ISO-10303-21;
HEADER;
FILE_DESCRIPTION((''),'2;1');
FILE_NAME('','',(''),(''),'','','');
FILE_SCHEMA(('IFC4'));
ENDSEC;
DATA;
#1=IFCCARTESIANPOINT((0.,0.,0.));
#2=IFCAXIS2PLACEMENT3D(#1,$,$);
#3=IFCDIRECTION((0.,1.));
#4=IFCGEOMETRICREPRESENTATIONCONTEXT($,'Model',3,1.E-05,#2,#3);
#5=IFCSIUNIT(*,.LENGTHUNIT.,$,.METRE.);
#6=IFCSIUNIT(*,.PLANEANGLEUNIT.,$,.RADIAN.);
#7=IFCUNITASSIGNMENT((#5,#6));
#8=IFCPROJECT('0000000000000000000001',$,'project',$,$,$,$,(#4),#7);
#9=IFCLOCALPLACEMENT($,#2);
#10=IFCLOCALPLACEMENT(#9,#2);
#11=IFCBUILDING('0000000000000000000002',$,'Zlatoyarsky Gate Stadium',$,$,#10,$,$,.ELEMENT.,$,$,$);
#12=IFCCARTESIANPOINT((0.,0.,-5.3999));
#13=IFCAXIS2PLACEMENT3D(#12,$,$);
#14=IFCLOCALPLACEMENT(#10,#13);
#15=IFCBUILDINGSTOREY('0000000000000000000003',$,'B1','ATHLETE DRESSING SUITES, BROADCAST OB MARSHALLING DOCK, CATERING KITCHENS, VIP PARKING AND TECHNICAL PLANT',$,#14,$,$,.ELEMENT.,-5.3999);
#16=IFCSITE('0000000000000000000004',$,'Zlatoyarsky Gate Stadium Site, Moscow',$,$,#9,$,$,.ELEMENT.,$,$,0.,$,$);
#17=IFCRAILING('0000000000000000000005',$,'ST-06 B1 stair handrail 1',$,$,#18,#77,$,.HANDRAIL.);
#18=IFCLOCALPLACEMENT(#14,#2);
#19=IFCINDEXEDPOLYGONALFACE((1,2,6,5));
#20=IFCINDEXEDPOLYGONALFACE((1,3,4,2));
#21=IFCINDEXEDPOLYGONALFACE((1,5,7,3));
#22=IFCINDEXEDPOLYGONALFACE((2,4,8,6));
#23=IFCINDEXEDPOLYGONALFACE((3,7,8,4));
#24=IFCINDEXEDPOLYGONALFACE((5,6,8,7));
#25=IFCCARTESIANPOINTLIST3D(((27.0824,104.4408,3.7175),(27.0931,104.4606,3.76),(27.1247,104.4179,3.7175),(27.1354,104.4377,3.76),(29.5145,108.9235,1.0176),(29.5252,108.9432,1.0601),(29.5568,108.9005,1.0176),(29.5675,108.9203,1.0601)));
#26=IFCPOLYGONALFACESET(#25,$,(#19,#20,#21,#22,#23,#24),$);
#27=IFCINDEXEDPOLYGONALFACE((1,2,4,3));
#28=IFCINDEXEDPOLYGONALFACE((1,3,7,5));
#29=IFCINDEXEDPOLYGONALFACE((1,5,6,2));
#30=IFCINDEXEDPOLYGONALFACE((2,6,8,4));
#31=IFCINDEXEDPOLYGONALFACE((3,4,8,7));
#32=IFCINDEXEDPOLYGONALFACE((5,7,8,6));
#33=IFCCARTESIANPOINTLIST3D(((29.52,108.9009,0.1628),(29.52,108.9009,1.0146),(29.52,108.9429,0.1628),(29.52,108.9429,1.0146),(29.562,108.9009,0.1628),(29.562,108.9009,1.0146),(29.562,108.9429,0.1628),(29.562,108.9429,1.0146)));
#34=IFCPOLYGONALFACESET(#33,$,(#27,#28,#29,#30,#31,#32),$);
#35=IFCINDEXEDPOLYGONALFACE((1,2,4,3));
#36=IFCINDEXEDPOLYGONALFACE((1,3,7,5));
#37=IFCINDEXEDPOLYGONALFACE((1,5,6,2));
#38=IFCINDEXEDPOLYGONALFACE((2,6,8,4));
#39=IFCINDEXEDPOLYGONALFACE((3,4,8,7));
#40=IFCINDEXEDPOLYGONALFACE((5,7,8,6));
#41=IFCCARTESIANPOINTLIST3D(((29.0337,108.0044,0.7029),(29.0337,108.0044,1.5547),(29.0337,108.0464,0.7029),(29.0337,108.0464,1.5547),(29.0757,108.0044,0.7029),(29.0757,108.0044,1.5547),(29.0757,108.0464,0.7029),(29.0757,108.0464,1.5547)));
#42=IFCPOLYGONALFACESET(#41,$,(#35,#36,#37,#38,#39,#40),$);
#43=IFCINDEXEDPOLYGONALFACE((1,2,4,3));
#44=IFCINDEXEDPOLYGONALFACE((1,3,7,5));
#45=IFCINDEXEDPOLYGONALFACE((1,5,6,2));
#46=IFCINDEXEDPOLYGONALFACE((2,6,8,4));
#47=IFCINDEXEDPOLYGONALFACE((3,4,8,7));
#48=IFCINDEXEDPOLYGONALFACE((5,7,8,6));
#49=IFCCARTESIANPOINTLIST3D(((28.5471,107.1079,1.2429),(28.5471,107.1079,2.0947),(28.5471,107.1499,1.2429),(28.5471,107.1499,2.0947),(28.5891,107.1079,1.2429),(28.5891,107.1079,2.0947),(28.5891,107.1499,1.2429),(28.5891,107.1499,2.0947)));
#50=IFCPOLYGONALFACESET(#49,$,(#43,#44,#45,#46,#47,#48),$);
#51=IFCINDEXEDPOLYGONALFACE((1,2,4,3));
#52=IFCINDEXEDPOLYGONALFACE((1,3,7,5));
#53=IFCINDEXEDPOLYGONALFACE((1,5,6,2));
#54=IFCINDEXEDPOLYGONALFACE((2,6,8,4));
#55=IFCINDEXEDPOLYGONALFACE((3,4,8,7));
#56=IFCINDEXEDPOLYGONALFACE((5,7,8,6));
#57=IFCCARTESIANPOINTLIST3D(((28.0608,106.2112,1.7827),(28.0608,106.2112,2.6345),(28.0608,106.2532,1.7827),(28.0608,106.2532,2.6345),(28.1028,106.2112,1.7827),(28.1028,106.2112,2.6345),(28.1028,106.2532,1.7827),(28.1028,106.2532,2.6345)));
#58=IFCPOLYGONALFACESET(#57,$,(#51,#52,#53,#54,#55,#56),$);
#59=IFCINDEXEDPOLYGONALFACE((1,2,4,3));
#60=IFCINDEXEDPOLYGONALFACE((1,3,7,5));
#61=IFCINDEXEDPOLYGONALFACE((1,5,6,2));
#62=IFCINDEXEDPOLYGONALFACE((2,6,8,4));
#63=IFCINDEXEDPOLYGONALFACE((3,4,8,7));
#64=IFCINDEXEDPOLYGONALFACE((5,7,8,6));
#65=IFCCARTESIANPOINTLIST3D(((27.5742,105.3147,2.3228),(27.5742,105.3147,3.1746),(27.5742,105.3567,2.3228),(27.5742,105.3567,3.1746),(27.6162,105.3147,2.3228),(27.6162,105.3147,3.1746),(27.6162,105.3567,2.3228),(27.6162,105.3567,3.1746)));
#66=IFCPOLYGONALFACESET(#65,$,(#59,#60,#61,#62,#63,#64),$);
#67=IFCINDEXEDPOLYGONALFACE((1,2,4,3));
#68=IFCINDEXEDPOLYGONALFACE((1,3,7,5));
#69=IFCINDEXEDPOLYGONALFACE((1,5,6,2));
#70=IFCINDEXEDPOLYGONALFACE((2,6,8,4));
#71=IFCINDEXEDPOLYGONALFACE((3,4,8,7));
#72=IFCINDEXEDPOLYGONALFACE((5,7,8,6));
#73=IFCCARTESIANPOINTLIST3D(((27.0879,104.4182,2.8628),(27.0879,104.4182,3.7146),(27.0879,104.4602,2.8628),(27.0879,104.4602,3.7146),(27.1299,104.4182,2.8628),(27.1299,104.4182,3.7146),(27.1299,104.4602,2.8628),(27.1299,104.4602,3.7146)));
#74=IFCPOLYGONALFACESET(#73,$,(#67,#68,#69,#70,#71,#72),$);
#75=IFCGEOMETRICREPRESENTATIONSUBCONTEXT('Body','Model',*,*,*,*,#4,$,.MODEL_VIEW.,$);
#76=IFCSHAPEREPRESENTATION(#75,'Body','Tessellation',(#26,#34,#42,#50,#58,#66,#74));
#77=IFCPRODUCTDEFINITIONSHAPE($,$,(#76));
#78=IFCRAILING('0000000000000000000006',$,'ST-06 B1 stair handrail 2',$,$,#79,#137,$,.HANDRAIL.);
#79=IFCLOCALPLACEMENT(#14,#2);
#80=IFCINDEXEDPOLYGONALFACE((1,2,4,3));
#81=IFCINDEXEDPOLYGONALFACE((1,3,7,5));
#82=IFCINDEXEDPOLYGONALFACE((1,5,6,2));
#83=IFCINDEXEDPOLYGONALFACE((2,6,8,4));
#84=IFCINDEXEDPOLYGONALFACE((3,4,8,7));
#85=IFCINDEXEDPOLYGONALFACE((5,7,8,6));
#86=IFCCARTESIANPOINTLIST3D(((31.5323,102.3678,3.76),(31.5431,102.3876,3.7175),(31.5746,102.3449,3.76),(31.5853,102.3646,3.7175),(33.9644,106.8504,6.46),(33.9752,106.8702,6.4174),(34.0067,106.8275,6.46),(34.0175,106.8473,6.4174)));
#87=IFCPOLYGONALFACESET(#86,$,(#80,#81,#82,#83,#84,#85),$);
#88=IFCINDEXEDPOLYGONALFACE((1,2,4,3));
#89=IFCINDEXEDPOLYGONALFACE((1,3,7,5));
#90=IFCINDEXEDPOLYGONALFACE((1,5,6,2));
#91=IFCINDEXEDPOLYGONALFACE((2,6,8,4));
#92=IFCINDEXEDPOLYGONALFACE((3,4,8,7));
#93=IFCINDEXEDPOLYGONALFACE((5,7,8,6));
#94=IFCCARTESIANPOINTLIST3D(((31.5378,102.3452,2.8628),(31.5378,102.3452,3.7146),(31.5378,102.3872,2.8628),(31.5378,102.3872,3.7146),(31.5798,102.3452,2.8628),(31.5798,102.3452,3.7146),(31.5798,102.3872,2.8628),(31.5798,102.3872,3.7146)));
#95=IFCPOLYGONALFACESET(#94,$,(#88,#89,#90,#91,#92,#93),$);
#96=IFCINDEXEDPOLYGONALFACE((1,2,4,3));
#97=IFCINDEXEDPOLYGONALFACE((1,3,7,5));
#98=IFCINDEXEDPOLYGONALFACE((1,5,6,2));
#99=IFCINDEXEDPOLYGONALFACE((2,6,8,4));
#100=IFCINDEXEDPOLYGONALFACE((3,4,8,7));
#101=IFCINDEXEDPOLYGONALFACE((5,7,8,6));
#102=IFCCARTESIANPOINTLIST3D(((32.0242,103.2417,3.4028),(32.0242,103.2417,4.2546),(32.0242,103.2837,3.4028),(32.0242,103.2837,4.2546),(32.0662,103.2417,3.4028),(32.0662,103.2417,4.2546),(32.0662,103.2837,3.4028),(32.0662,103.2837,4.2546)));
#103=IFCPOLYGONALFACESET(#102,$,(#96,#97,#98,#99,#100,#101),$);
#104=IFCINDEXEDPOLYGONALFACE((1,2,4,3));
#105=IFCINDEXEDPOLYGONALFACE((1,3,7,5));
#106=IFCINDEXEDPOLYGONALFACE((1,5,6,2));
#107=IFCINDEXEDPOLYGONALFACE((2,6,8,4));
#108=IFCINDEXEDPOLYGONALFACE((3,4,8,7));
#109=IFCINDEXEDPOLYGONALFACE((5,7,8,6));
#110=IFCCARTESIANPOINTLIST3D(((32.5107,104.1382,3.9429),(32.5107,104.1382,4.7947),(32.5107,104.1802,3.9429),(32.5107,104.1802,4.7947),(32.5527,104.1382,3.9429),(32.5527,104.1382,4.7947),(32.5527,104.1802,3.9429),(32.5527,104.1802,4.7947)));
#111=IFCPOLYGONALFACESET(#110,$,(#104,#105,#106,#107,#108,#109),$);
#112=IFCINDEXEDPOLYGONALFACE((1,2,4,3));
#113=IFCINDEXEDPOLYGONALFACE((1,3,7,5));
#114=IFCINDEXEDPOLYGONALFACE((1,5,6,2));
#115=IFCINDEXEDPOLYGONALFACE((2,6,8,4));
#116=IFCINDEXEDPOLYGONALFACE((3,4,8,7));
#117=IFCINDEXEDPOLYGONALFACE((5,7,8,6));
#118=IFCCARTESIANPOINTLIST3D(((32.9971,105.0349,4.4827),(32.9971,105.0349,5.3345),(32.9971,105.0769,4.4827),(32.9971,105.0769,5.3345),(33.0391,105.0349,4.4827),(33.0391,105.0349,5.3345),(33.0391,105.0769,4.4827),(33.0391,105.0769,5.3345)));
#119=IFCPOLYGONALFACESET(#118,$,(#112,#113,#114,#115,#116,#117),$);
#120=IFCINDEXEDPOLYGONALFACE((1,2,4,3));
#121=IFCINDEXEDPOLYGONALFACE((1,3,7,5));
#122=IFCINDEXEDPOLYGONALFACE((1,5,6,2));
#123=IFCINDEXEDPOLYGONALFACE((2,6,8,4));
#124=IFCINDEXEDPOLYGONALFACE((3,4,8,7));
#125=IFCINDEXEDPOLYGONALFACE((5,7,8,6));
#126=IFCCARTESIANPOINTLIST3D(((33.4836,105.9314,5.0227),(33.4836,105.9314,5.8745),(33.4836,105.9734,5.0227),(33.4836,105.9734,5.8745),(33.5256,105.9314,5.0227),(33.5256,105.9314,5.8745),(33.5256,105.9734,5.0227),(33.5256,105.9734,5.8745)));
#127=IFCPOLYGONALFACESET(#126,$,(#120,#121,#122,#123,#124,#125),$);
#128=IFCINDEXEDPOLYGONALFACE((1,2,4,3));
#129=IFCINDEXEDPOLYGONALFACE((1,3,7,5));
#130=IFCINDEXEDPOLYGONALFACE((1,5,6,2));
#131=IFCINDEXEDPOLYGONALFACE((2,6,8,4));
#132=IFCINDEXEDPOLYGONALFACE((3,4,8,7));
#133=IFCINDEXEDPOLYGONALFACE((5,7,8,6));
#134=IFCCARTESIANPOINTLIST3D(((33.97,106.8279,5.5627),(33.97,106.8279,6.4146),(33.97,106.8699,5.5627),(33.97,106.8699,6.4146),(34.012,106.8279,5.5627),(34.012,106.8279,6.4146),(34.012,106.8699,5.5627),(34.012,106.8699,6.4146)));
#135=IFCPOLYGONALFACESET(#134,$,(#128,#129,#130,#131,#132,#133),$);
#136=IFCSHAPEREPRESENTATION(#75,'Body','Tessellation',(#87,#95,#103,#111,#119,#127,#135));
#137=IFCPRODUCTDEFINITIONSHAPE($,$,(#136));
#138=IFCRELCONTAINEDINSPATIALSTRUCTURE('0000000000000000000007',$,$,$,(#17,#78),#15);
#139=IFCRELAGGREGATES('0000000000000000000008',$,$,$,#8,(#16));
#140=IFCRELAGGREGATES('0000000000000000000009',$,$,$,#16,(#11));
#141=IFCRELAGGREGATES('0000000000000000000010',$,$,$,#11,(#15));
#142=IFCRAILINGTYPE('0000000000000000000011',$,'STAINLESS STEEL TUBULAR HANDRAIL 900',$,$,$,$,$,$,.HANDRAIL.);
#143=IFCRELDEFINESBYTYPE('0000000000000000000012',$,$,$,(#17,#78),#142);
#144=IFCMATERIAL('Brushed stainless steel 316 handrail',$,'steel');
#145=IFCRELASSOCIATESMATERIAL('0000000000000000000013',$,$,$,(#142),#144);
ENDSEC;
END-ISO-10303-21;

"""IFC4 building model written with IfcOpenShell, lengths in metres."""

from ifc_helpers import new_model, si_unit, direction, frame, origin, origin_2d, place, context, subcontext, project, spatial, rectangle, extrude, material, type_object, element, save


model = new_model("IFC4")

# Units and contexts
model_context = context("Model", 3, precision=1e-05, world=origin(), true_north=direction((0.0, 1.0)))
body_context = subcontext(model_context, "Body", "Model", "MODEL_VIEW")
ifc_project = project(units=[si_unit("LENGTHUNIT", "METRE"), si_unit("PLANEANGLEUNIT", "RADIAN")], contexts=[model_context])

# Site, building, storey
site_placement = place(None, origin())
site = spatial("IfcSite", under=ifc_project, at=site_placement, Name="Zlatoyarsky Gate Stadium Site, Moscow", CompositionType="ELEMENT", RefElevation=0.0)
building_placement = place(site_placement, origin())
building = spatial("IfcBuilding", under=site, at=building_placement, Name="Zlatoyarsky Gate Stadium", CompositionType="ELEMENT")
storey_placement = place(building_placement, frame((0.0, 0.0, -5.3999)))
storey = spatial("IfcBuildingStorey", under=building, at=storey_placement, Name="B1", Description="ATHLETE DRESSING SUITES, BROADCAST OB MARSHALLING DOCK, CATERING KITCHENS, VIP PARKING AND TECHNICAL PLANT", CompositionType="ELEMENT", Elevation=-5.3999)

# Railings
ifc_material_1 = material(Name="Brushed stainless steel 316 handrail", Category="steel")
railing_type_1 = type_object("IfcRailingType", Name="STAINLESS STEEL TUBULAR HANDRAIL 900", PredefinedType="HANDRAIL", material=ifc_material_1)
railing_1_placement = place(storey_placement, frame((29.541, 108.9219, 0.1628)))
element("IfcRailing", 1, at=railing_1_placement, inside=storey, type_object=railing_type_1, Name="ST-06 B1 stair handrail 1", PredefinedType="HANDRAIL", context=body_context, shape_type="SweptSolid", body=[
    extrude(rectangle(XDim=0.0481, YDim=0.0481, at=origin_2d()), frame((0.0, 0.0, 0.876), z_axis=(-0.421472, -0.776817, 0.467884), x_axis=(0.878962, -0.476892, 0.0)), (0.0, 0.0, 1.0), 5.7705),
    extrude(rectangle(XDim=0.042, YDim=0.042, at=origin_2d()), origin(), (0.0, 0.0, 1.0), 0.8518),
    extrude(rectangle(XDim=0.042, YDim=0.042, at=origin_2d()), frame((-0.4863, -0.8965, 0.54)), (0.0, 0.0, 1.0), 0.8518),
    extrude(rectangle(XDim=0.042, YDim=0.042, at=origin_2d()), frame((-0.9729, -1.793, 1.0801)), (0.0, 0.0, 1.0), 0.8518),
    extrude(rectangle(XDim=0.042, YDim=0.042, at=origin_2d()), frame((-1.4592, -2.6897, 1.6199)), (0.0, 0.0, 1.0), 0.8518),
    extrude(rectangle(XDim=0.042, YDim=0.042, at=origin_2d()), frame((-1.9458, -3.5862, 2.1599)), (0.0, 0.0, 1.0), 0.8518),
    extrude(rectangle(XDim=0.042, YDim=0.042, at=origin_2d()), frame((-2.4321, -4.4827, 2.7)), (0.0, 0.0, 1.0), 0.8518),
])
railing_2_placement = place(storey_placement, frame((31.5588, 102.3662, 2.8628)))
element("IfcRailing", 2, at=railing_2_placement, inside=storey, type_object=railing_type_1, Name="ST-06 B1 stair handrail 2", PredefinedType="HANDRAIL", context=body_context, shape_type="SweptSolid", body=[
    extrude(rectangle(XDim=0.0481, YDim=0.0481, at=origin_2d()), frame((0.0, 0.0, 0.876), z_axis=(0.421472, 0.776817, 0.467884), x_axis=(-0.878962, 0.476892, 0.0)), (0.0, 0.0, 1.0), 5.7705),
    extrude(rectangle(XDim=0.042, YDim=0.042, at=origin_2d()), origin(), (0.0, 0.0, 1.0), 0.8518),
    extrude(rectangle(XDim=0.042, YDim=0.042, at=origin_2d()), frame((0.4863, 0.8965, 0.54)), (0.0, 0.0, 1.0), 0.8518),
    extrude(rectangle(XDim=0.042, YDim=0.042, at=origin_2d()), frame((0.9729, 1.793, 1.0801)), (0.0, 0.0, 1.0), 0.8518),
    extrude(rectangle(XDim=0.042, YDim=0.042, at=origin_2d()), frame((1.4592, 2.6897, 1.6199)), (0.0, 0.0, 1.0), 0.8518),
    extrude(rectangle(XDim=0.042, YDim=0.042, at=origin_2d()), frame((1.9458, 3.5862, 2.1599)), (0.0, 0.0, 1.0), 0.8518),
    extrude(rectangle(XDim=0.042, YDim=0.042, at=origin_2d()), frame((2.4321, 4.4827, 2.7)), (0.0, 0.0, 1.0), 0.8518),
])

save(model, "model.ifc")
